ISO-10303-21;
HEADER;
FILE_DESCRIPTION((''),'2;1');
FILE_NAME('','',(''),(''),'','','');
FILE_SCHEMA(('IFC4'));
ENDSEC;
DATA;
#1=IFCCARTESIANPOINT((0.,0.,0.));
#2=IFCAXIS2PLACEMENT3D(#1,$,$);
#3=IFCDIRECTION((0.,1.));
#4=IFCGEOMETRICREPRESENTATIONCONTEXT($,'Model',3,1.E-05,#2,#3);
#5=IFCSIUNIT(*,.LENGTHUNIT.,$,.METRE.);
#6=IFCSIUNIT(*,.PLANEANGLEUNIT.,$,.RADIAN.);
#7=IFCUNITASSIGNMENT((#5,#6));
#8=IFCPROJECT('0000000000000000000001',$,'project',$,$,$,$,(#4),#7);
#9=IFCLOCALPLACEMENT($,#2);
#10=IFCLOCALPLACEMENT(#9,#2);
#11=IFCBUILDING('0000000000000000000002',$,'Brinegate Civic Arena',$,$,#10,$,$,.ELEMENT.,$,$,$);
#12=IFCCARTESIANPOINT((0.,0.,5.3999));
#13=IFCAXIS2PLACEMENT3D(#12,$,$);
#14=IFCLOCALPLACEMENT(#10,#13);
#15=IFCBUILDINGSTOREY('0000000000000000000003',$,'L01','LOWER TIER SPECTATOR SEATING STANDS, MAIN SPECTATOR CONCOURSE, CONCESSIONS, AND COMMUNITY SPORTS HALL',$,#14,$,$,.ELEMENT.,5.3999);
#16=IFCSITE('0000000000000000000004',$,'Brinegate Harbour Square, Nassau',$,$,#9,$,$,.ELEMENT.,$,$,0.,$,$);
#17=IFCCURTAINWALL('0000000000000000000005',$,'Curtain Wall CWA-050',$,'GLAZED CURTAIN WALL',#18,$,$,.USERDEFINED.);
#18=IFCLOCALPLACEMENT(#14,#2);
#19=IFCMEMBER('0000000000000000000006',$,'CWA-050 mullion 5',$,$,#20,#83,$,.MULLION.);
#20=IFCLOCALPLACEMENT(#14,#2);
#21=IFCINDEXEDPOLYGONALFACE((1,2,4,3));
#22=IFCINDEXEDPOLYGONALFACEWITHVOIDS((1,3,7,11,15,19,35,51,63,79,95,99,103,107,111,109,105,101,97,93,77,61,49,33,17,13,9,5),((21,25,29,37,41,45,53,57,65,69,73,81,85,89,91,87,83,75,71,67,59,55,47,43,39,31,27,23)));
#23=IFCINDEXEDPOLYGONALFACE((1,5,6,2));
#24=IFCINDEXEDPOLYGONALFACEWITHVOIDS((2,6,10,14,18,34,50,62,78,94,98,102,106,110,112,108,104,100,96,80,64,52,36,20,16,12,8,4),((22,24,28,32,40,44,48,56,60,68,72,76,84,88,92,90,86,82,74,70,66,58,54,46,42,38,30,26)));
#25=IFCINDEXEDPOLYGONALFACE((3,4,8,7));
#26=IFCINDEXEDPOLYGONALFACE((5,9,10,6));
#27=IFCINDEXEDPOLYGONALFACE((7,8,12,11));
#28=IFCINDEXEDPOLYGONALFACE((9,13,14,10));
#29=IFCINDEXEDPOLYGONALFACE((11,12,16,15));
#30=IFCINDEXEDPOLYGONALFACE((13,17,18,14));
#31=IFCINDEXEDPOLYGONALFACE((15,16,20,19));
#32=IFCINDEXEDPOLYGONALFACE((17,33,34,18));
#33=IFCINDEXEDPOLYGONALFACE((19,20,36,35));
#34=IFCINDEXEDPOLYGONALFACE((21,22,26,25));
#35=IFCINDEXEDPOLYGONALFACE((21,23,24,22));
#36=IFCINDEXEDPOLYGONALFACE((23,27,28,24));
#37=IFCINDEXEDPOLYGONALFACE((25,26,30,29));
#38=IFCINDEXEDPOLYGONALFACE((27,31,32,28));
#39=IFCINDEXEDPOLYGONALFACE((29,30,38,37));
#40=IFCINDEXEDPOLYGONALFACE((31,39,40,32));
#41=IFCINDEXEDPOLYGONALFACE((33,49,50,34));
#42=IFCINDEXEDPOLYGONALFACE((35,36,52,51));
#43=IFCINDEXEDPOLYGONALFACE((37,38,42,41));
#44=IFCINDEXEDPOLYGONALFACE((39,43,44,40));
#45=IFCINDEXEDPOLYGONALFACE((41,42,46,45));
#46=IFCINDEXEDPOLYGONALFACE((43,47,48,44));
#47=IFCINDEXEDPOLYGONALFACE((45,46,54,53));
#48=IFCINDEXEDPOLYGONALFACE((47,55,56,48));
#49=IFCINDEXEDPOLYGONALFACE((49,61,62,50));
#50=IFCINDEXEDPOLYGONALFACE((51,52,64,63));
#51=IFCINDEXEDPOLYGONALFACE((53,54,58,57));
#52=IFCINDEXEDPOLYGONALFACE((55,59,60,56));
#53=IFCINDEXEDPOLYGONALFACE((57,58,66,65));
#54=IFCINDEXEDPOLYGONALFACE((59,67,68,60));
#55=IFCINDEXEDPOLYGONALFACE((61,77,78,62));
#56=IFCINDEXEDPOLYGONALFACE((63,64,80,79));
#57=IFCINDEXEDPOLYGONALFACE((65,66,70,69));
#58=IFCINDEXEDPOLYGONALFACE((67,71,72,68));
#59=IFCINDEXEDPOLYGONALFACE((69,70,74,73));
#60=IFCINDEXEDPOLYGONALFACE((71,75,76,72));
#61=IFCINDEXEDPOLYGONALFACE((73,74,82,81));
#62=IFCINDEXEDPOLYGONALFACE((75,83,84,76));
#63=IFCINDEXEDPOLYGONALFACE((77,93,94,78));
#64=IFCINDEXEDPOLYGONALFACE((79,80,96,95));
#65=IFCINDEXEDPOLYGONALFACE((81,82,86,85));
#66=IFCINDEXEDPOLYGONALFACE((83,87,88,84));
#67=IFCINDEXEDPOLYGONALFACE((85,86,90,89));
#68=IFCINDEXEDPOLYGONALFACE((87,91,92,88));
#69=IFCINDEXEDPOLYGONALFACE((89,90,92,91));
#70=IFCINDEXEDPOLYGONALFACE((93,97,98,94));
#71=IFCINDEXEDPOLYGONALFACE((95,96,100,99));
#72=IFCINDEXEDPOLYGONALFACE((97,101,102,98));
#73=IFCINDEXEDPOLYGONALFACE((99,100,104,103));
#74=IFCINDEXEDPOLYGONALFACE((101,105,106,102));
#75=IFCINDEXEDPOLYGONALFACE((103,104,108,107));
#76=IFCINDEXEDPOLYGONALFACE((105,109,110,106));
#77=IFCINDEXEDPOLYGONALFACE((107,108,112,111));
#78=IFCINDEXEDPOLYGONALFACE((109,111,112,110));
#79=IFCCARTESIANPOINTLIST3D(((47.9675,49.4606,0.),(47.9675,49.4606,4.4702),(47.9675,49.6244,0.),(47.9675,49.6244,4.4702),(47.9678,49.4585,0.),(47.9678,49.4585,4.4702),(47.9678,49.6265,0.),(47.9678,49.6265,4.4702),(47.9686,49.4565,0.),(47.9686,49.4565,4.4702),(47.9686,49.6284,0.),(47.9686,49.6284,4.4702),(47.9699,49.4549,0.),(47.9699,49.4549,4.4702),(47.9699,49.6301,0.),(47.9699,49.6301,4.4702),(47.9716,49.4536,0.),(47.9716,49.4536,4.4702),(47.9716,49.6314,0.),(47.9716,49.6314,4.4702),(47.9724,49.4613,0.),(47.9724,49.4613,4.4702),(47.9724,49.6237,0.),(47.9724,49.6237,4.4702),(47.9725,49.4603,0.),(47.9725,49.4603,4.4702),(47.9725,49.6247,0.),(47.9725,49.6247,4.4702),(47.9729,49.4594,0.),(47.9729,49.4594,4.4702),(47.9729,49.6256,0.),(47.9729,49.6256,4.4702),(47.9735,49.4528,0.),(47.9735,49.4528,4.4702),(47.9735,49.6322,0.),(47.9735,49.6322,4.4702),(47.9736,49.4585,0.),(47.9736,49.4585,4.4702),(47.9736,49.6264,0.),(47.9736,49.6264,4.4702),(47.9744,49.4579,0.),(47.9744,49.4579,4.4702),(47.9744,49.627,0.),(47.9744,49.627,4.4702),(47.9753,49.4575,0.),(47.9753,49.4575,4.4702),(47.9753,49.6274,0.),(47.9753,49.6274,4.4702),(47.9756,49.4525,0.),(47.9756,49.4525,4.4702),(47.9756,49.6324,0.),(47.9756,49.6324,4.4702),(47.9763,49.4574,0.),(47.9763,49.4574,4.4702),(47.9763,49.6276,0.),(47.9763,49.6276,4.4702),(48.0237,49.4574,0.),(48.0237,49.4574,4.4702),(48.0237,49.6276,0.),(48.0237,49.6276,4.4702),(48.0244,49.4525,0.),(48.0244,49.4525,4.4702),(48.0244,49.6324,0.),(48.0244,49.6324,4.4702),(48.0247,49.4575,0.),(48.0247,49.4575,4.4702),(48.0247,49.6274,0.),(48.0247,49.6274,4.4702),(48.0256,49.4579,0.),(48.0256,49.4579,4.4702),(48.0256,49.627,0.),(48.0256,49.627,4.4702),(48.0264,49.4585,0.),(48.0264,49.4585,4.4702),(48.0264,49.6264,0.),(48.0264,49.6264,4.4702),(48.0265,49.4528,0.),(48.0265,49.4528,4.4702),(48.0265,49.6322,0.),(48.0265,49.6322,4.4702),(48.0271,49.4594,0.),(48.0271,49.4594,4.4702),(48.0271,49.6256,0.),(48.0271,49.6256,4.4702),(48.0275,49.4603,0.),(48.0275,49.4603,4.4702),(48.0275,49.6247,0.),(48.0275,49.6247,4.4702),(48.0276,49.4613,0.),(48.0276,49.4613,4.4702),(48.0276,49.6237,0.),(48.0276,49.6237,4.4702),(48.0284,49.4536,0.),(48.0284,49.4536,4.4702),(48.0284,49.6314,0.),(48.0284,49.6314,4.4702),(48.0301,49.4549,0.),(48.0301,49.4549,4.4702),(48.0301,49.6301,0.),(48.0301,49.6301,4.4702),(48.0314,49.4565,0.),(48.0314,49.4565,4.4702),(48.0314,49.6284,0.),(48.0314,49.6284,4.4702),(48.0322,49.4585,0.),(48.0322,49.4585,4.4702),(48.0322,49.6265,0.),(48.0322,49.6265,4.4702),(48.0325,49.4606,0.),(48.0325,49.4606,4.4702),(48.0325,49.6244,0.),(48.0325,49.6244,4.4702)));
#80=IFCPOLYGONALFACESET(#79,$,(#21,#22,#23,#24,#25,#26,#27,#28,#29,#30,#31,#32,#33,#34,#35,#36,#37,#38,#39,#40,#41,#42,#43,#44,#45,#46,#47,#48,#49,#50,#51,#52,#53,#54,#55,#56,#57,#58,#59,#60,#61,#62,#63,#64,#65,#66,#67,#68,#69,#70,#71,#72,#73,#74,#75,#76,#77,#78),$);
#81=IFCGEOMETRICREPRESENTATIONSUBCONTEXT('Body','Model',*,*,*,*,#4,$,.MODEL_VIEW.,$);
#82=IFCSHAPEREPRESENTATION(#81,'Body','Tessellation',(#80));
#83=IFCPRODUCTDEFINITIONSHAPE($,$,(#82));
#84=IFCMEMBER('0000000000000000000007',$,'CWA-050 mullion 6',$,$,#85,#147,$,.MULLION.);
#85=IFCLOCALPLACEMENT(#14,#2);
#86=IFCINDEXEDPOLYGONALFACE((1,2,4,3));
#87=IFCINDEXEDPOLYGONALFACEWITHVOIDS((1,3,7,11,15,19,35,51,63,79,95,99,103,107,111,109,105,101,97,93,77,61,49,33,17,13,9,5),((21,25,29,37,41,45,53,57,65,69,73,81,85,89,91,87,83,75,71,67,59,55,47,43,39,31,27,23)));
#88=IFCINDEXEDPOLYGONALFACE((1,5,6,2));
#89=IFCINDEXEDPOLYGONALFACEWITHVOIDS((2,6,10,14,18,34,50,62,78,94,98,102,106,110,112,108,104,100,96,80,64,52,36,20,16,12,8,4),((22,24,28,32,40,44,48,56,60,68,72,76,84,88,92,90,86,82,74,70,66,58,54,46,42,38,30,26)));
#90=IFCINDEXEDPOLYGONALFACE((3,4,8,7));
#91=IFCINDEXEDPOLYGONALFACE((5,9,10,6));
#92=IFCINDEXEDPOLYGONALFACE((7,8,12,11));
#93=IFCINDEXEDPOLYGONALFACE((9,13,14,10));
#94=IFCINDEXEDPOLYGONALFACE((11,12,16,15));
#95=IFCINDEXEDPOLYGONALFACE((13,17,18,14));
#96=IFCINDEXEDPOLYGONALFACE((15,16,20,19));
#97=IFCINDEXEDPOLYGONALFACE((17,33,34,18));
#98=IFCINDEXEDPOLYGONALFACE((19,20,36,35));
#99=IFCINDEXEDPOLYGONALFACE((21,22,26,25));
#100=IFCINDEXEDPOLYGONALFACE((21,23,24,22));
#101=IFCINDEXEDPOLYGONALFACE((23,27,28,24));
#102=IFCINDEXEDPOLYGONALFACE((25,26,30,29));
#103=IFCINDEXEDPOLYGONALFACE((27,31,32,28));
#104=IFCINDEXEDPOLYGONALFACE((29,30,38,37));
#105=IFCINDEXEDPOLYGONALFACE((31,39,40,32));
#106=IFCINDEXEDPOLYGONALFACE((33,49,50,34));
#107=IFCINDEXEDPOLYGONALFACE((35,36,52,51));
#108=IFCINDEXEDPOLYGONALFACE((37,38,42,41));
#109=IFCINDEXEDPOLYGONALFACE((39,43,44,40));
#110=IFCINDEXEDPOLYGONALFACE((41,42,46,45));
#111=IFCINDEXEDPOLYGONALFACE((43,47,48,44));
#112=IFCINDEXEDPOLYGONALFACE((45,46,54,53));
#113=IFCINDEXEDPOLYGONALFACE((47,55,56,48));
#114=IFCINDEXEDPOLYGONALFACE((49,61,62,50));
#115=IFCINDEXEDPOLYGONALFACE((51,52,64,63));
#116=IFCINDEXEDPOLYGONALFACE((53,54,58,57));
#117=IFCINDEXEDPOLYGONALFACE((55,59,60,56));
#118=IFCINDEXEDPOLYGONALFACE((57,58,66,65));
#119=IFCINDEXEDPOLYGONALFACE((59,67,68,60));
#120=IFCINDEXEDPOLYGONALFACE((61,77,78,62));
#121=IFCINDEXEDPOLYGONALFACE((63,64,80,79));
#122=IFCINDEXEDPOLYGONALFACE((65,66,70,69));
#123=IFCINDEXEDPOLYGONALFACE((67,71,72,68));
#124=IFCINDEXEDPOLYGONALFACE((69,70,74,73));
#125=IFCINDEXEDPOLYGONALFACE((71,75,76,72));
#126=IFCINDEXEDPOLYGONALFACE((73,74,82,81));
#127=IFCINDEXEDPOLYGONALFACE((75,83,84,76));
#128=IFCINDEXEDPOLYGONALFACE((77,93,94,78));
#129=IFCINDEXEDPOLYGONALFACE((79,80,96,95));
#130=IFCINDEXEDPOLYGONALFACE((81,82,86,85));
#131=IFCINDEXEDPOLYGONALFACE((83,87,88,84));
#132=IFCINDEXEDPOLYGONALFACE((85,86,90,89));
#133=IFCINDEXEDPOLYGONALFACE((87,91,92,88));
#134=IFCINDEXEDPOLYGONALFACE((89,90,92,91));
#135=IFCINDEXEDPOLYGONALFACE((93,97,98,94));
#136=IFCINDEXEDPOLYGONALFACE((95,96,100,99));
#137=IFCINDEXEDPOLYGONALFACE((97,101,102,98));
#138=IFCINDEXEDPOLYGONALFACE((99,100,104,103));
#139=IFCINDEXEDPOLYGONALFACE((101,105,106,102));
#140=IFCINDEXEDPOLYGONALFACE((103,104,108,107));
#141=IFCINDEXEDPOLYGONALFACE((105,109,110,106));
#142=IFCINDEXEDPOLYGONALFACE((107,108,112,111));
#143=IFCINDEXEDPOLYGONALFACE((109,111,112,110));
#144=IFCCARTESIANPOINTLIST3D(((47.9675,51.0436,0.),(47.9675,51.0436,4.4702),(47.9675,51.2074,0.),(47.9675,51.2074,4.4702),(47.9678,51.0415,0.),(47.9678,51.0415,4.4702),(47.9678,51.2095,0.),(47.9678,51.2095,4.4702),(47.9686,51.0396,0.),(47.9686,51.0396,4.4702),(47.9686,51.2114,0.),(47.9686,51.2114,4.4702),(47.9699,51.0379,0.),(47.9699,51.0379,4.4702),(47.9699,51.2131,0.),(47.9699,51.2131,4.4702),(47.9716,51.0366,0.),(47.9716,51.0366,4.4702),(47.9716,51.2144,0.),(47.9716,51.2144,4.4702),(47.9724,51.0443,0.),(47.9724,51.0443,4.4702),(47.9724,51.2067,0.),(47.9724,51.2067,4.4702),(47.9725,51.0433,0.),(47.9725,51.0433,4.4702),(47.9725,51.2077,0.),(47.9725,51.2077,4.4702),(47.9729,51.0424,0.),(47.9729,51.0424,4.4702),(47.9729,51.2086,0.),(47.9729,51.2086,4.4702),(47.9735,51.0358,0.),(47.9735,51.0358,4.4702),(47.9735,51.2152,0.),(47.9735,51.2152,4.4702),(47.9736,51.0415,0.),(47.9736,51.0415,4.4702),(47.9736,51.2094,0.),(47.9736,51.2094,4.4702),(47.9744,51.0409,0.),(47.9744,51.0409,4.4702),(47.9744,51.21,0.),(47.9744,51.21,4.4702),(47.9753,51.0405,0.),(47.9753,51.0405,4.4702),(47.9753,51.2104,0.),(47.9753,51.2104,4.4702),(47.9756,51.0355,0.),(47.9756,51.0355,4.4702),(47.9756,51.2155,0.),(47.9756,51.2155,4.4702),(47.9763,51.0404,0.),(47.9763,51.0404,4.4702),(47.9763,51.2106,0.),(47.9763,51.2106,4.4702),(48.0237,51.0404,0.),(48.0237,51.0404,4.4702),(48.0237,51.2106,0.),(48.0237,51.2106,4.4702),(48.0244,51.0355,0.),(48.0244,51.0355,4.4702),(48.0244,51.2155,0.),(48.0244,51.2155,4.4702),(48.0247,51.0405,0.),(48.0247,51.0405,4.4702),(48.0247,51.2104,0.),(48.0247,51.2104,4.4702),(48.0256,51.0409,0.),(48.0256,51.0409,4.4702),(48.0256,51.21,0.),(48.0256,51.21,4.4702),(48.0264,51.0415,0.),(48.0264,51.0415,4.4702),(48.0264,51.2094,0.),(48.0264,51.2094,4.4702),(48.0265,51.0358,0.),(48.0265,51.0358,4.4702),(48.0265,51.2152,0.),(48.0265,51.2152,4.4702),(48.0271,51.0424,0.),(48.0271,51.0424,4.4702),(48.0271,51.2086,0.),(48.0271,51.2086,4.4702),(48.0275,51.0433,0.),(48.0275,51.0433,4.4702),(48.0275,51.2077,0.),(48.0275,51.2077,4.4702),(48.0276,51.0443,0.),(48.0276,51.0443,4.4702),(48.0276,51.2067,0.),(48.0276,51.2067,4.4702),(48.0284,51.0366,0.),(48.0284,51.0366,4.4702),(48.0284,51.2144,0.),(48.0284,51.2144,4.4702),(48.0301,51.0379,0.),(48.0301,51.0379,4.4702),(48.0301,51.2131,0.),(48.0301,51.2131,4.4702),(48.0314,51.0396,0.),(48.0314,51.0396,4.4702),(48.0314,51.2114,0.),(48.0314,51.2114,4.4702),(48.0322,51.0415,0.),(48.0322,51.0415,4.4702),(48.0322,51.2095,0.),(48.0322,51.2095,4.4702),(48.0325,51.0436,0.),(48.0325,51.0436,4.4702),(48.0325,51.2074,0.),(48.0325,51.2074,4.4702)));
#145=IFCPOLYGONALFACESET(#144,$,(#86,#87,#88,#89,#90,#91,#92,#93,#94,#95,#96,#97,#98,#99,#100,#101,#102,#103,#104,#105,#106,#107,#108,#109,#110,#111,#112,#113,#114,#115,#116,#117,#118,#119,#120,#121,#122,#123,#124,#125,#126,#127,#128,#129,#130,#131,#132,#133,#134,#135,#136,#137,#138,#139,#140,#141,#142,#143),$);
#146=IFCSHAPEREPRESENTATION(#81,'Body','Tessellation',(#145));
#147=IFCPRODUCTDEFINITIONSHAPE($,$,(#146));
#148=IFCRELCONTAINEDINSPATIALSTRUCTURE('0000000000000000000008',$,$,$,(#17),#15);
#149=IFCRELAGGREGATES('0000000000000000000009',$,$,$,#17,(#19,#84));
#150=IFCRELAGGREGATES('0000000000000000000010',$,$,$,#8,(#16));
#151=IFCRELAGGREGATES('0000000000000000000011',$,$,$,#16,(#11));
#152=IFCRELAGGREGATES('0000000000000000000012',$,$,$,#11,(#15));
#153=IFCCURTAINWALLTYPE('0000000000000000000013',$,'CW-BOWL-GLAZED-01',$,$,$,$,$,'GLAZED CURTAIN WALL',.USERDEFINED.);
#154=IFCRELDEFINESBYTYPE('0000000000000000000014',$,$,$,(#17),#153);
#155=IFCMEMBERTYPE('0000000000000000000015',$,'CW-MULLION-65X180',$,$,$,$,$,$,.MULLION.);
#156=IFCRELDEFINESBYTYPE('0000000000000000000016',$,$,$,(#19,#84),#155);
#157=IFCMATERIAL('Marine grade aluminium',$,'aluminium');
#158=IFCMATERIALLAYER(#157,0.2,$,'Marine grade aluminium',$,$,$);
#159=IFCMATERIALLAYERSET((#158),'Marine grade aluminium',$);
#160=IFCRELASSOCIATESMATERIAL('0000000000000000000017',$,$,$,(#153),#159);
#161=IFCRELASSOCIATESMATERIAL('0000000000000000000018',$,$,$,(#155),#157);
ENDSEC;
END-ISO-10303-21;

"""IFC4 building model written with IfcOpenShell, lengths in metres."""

from ifc_helpers import new_model, si_unit, direction, frame, origin, origin_2d, place, context, subcontext, project, spatial, hollow_rectangle, extrude, material, layer, layer_set, material_profile, profile_set, type_object, element, aggregate, save


model = new_model("IFC4")

# Units and contexts
model_context = context("Model", 3, precision=1e-05, world=origin(), true_north=direction((0.0, 1.0)))
body_context = subcontext(model_context, "Body", "Model", "MODEL_VIEW")
ifc_project = project(units=[si_unit("LENGTHUNIT", "METRE"), si_unit("PLANEANGLEUNIT", "RADIAN")], contexts=[model_context])

# Site, building, storey
site_placement = place(None, origin())
site = spatial("IfcSite", under=ifc_project, at=site_placement, Name="Brinegate Harbour Square, Nassau", CompositionType="ELEMENT", RefElevation=0.0)
building_placement = place(site_placement, origin())
building = spatial("IfcBuilding", under=site, at=building_placement, Name="Brinegate Civic Arena", CompositionType="ELEMENT")
storey_placement = place(building_placement, frame((0.0, 0.0, 5.3999)))
storey = spatial("IfcBuildingStorey", under=building, at=storey_placement, Name="L01", Description="LOWER TIER SPECTATOR SEATING STANDS, MAIN SPECTATOR CONCOURSE, CONCESSIONS, AND COMMUNITY SPORTS HALL", CompositionType="ELEMENT", Elevation=5.3999)

# Curtain wall, members
ifc_material_1 = material(Name="Marine grade aluminium", Category="aluminium")
ifc_layer_1 = layer(ifc_material_1, 0.2, Name="Marine grade aluminium")
ifc_layer_set_1 = layer_set([ifc_layer_1], Name="Marine grade aluminium")
curtain_wall_type = type_object("IfcCurtainWallType", Name="CW-BOWL-GLAZED-01", ElementType="GLAZED CURTAIN WALL", PredefinedType="USERDEFINED", material=ifc_layer_set_1)
curtain_wall_placement = place(storey_placement, origin())
curtain_wall = element("IfcCurtainWall", 1, at=curtain_wall_placement, inside=storey, type_object=curtain_wall_type, Name="Curtain Wall CWA-050", ObjectType="GLAZED CURTAIN WALL", PredefinedType="USERDEFINED")
ifc_material_profile_1 = material_profile(ifc_material_1, hollow_rectangle(XDim=0.0649, YDim=0.1799, WallThickness=0.0049, InnerFilletRadius=0.0039, OuterFilletRadius=0.0081, at=origin_2d()), Name="MUL65X180")
ifc_profile_set_1 = profile_set([ifc_material_profile_1], Name="Marine grade aluminium")
member_type_1 = type_object("IfcMemberType", Name="CW-MULLION-65X180", PredefinedType="MULLION", material=ifc_profile_set_1)
member_1_placement = place(storey_placement, frame((48.0, 49.5425, 0.0), z_axis=(0.0, 0.0, 1.0), x_axis=(-1.0, 0.0, 0.0)))
member_1 = element("IfcMember", 2, at=member_1_placement, type_object=member_type_1, Name="CWA-050 mullion 5", PredefinedType="MULLION", context=body_context, shape_type="SweptSolid", body=[
    extrude(hollow_rectangle(XDim=0.0649, YDim=0.1799, WallThickness=0.0049, InnerFilletRadius=0.0039, OuterFilletRadius=0.0081, at=origin_2d()), origin(), (0.0, 0.0, 1.0), 4.4702),
])
member_2_placement = place(storey_placement, frame((48.0, 51.1255, 0.0), z_axis=(0.0, 0.0, 1.0), x_axis=(-1.0, 0.0, 0.0)))
member_2 = element("IfcMember", 3, at=member_2_placement, type_object=member_type_1, Name="CWA-050 mullion 6", PredefinedType="MULLION", context=body_context, shape_type="SweptSolid", body=[
    extrude(hollow_rectangle(XDim=0.0649, YDim=0.1799, WallThickness=0.0049, InnerFilletRadius=0.0039, OuterFilletRadius=0.0081, at=origin_2d()), origin(), (0.0, 0.0, 1.0), 4.4702),
])
aggregate(curtain_wall, [member_1, member_2])

save(model, "model.ifc")
